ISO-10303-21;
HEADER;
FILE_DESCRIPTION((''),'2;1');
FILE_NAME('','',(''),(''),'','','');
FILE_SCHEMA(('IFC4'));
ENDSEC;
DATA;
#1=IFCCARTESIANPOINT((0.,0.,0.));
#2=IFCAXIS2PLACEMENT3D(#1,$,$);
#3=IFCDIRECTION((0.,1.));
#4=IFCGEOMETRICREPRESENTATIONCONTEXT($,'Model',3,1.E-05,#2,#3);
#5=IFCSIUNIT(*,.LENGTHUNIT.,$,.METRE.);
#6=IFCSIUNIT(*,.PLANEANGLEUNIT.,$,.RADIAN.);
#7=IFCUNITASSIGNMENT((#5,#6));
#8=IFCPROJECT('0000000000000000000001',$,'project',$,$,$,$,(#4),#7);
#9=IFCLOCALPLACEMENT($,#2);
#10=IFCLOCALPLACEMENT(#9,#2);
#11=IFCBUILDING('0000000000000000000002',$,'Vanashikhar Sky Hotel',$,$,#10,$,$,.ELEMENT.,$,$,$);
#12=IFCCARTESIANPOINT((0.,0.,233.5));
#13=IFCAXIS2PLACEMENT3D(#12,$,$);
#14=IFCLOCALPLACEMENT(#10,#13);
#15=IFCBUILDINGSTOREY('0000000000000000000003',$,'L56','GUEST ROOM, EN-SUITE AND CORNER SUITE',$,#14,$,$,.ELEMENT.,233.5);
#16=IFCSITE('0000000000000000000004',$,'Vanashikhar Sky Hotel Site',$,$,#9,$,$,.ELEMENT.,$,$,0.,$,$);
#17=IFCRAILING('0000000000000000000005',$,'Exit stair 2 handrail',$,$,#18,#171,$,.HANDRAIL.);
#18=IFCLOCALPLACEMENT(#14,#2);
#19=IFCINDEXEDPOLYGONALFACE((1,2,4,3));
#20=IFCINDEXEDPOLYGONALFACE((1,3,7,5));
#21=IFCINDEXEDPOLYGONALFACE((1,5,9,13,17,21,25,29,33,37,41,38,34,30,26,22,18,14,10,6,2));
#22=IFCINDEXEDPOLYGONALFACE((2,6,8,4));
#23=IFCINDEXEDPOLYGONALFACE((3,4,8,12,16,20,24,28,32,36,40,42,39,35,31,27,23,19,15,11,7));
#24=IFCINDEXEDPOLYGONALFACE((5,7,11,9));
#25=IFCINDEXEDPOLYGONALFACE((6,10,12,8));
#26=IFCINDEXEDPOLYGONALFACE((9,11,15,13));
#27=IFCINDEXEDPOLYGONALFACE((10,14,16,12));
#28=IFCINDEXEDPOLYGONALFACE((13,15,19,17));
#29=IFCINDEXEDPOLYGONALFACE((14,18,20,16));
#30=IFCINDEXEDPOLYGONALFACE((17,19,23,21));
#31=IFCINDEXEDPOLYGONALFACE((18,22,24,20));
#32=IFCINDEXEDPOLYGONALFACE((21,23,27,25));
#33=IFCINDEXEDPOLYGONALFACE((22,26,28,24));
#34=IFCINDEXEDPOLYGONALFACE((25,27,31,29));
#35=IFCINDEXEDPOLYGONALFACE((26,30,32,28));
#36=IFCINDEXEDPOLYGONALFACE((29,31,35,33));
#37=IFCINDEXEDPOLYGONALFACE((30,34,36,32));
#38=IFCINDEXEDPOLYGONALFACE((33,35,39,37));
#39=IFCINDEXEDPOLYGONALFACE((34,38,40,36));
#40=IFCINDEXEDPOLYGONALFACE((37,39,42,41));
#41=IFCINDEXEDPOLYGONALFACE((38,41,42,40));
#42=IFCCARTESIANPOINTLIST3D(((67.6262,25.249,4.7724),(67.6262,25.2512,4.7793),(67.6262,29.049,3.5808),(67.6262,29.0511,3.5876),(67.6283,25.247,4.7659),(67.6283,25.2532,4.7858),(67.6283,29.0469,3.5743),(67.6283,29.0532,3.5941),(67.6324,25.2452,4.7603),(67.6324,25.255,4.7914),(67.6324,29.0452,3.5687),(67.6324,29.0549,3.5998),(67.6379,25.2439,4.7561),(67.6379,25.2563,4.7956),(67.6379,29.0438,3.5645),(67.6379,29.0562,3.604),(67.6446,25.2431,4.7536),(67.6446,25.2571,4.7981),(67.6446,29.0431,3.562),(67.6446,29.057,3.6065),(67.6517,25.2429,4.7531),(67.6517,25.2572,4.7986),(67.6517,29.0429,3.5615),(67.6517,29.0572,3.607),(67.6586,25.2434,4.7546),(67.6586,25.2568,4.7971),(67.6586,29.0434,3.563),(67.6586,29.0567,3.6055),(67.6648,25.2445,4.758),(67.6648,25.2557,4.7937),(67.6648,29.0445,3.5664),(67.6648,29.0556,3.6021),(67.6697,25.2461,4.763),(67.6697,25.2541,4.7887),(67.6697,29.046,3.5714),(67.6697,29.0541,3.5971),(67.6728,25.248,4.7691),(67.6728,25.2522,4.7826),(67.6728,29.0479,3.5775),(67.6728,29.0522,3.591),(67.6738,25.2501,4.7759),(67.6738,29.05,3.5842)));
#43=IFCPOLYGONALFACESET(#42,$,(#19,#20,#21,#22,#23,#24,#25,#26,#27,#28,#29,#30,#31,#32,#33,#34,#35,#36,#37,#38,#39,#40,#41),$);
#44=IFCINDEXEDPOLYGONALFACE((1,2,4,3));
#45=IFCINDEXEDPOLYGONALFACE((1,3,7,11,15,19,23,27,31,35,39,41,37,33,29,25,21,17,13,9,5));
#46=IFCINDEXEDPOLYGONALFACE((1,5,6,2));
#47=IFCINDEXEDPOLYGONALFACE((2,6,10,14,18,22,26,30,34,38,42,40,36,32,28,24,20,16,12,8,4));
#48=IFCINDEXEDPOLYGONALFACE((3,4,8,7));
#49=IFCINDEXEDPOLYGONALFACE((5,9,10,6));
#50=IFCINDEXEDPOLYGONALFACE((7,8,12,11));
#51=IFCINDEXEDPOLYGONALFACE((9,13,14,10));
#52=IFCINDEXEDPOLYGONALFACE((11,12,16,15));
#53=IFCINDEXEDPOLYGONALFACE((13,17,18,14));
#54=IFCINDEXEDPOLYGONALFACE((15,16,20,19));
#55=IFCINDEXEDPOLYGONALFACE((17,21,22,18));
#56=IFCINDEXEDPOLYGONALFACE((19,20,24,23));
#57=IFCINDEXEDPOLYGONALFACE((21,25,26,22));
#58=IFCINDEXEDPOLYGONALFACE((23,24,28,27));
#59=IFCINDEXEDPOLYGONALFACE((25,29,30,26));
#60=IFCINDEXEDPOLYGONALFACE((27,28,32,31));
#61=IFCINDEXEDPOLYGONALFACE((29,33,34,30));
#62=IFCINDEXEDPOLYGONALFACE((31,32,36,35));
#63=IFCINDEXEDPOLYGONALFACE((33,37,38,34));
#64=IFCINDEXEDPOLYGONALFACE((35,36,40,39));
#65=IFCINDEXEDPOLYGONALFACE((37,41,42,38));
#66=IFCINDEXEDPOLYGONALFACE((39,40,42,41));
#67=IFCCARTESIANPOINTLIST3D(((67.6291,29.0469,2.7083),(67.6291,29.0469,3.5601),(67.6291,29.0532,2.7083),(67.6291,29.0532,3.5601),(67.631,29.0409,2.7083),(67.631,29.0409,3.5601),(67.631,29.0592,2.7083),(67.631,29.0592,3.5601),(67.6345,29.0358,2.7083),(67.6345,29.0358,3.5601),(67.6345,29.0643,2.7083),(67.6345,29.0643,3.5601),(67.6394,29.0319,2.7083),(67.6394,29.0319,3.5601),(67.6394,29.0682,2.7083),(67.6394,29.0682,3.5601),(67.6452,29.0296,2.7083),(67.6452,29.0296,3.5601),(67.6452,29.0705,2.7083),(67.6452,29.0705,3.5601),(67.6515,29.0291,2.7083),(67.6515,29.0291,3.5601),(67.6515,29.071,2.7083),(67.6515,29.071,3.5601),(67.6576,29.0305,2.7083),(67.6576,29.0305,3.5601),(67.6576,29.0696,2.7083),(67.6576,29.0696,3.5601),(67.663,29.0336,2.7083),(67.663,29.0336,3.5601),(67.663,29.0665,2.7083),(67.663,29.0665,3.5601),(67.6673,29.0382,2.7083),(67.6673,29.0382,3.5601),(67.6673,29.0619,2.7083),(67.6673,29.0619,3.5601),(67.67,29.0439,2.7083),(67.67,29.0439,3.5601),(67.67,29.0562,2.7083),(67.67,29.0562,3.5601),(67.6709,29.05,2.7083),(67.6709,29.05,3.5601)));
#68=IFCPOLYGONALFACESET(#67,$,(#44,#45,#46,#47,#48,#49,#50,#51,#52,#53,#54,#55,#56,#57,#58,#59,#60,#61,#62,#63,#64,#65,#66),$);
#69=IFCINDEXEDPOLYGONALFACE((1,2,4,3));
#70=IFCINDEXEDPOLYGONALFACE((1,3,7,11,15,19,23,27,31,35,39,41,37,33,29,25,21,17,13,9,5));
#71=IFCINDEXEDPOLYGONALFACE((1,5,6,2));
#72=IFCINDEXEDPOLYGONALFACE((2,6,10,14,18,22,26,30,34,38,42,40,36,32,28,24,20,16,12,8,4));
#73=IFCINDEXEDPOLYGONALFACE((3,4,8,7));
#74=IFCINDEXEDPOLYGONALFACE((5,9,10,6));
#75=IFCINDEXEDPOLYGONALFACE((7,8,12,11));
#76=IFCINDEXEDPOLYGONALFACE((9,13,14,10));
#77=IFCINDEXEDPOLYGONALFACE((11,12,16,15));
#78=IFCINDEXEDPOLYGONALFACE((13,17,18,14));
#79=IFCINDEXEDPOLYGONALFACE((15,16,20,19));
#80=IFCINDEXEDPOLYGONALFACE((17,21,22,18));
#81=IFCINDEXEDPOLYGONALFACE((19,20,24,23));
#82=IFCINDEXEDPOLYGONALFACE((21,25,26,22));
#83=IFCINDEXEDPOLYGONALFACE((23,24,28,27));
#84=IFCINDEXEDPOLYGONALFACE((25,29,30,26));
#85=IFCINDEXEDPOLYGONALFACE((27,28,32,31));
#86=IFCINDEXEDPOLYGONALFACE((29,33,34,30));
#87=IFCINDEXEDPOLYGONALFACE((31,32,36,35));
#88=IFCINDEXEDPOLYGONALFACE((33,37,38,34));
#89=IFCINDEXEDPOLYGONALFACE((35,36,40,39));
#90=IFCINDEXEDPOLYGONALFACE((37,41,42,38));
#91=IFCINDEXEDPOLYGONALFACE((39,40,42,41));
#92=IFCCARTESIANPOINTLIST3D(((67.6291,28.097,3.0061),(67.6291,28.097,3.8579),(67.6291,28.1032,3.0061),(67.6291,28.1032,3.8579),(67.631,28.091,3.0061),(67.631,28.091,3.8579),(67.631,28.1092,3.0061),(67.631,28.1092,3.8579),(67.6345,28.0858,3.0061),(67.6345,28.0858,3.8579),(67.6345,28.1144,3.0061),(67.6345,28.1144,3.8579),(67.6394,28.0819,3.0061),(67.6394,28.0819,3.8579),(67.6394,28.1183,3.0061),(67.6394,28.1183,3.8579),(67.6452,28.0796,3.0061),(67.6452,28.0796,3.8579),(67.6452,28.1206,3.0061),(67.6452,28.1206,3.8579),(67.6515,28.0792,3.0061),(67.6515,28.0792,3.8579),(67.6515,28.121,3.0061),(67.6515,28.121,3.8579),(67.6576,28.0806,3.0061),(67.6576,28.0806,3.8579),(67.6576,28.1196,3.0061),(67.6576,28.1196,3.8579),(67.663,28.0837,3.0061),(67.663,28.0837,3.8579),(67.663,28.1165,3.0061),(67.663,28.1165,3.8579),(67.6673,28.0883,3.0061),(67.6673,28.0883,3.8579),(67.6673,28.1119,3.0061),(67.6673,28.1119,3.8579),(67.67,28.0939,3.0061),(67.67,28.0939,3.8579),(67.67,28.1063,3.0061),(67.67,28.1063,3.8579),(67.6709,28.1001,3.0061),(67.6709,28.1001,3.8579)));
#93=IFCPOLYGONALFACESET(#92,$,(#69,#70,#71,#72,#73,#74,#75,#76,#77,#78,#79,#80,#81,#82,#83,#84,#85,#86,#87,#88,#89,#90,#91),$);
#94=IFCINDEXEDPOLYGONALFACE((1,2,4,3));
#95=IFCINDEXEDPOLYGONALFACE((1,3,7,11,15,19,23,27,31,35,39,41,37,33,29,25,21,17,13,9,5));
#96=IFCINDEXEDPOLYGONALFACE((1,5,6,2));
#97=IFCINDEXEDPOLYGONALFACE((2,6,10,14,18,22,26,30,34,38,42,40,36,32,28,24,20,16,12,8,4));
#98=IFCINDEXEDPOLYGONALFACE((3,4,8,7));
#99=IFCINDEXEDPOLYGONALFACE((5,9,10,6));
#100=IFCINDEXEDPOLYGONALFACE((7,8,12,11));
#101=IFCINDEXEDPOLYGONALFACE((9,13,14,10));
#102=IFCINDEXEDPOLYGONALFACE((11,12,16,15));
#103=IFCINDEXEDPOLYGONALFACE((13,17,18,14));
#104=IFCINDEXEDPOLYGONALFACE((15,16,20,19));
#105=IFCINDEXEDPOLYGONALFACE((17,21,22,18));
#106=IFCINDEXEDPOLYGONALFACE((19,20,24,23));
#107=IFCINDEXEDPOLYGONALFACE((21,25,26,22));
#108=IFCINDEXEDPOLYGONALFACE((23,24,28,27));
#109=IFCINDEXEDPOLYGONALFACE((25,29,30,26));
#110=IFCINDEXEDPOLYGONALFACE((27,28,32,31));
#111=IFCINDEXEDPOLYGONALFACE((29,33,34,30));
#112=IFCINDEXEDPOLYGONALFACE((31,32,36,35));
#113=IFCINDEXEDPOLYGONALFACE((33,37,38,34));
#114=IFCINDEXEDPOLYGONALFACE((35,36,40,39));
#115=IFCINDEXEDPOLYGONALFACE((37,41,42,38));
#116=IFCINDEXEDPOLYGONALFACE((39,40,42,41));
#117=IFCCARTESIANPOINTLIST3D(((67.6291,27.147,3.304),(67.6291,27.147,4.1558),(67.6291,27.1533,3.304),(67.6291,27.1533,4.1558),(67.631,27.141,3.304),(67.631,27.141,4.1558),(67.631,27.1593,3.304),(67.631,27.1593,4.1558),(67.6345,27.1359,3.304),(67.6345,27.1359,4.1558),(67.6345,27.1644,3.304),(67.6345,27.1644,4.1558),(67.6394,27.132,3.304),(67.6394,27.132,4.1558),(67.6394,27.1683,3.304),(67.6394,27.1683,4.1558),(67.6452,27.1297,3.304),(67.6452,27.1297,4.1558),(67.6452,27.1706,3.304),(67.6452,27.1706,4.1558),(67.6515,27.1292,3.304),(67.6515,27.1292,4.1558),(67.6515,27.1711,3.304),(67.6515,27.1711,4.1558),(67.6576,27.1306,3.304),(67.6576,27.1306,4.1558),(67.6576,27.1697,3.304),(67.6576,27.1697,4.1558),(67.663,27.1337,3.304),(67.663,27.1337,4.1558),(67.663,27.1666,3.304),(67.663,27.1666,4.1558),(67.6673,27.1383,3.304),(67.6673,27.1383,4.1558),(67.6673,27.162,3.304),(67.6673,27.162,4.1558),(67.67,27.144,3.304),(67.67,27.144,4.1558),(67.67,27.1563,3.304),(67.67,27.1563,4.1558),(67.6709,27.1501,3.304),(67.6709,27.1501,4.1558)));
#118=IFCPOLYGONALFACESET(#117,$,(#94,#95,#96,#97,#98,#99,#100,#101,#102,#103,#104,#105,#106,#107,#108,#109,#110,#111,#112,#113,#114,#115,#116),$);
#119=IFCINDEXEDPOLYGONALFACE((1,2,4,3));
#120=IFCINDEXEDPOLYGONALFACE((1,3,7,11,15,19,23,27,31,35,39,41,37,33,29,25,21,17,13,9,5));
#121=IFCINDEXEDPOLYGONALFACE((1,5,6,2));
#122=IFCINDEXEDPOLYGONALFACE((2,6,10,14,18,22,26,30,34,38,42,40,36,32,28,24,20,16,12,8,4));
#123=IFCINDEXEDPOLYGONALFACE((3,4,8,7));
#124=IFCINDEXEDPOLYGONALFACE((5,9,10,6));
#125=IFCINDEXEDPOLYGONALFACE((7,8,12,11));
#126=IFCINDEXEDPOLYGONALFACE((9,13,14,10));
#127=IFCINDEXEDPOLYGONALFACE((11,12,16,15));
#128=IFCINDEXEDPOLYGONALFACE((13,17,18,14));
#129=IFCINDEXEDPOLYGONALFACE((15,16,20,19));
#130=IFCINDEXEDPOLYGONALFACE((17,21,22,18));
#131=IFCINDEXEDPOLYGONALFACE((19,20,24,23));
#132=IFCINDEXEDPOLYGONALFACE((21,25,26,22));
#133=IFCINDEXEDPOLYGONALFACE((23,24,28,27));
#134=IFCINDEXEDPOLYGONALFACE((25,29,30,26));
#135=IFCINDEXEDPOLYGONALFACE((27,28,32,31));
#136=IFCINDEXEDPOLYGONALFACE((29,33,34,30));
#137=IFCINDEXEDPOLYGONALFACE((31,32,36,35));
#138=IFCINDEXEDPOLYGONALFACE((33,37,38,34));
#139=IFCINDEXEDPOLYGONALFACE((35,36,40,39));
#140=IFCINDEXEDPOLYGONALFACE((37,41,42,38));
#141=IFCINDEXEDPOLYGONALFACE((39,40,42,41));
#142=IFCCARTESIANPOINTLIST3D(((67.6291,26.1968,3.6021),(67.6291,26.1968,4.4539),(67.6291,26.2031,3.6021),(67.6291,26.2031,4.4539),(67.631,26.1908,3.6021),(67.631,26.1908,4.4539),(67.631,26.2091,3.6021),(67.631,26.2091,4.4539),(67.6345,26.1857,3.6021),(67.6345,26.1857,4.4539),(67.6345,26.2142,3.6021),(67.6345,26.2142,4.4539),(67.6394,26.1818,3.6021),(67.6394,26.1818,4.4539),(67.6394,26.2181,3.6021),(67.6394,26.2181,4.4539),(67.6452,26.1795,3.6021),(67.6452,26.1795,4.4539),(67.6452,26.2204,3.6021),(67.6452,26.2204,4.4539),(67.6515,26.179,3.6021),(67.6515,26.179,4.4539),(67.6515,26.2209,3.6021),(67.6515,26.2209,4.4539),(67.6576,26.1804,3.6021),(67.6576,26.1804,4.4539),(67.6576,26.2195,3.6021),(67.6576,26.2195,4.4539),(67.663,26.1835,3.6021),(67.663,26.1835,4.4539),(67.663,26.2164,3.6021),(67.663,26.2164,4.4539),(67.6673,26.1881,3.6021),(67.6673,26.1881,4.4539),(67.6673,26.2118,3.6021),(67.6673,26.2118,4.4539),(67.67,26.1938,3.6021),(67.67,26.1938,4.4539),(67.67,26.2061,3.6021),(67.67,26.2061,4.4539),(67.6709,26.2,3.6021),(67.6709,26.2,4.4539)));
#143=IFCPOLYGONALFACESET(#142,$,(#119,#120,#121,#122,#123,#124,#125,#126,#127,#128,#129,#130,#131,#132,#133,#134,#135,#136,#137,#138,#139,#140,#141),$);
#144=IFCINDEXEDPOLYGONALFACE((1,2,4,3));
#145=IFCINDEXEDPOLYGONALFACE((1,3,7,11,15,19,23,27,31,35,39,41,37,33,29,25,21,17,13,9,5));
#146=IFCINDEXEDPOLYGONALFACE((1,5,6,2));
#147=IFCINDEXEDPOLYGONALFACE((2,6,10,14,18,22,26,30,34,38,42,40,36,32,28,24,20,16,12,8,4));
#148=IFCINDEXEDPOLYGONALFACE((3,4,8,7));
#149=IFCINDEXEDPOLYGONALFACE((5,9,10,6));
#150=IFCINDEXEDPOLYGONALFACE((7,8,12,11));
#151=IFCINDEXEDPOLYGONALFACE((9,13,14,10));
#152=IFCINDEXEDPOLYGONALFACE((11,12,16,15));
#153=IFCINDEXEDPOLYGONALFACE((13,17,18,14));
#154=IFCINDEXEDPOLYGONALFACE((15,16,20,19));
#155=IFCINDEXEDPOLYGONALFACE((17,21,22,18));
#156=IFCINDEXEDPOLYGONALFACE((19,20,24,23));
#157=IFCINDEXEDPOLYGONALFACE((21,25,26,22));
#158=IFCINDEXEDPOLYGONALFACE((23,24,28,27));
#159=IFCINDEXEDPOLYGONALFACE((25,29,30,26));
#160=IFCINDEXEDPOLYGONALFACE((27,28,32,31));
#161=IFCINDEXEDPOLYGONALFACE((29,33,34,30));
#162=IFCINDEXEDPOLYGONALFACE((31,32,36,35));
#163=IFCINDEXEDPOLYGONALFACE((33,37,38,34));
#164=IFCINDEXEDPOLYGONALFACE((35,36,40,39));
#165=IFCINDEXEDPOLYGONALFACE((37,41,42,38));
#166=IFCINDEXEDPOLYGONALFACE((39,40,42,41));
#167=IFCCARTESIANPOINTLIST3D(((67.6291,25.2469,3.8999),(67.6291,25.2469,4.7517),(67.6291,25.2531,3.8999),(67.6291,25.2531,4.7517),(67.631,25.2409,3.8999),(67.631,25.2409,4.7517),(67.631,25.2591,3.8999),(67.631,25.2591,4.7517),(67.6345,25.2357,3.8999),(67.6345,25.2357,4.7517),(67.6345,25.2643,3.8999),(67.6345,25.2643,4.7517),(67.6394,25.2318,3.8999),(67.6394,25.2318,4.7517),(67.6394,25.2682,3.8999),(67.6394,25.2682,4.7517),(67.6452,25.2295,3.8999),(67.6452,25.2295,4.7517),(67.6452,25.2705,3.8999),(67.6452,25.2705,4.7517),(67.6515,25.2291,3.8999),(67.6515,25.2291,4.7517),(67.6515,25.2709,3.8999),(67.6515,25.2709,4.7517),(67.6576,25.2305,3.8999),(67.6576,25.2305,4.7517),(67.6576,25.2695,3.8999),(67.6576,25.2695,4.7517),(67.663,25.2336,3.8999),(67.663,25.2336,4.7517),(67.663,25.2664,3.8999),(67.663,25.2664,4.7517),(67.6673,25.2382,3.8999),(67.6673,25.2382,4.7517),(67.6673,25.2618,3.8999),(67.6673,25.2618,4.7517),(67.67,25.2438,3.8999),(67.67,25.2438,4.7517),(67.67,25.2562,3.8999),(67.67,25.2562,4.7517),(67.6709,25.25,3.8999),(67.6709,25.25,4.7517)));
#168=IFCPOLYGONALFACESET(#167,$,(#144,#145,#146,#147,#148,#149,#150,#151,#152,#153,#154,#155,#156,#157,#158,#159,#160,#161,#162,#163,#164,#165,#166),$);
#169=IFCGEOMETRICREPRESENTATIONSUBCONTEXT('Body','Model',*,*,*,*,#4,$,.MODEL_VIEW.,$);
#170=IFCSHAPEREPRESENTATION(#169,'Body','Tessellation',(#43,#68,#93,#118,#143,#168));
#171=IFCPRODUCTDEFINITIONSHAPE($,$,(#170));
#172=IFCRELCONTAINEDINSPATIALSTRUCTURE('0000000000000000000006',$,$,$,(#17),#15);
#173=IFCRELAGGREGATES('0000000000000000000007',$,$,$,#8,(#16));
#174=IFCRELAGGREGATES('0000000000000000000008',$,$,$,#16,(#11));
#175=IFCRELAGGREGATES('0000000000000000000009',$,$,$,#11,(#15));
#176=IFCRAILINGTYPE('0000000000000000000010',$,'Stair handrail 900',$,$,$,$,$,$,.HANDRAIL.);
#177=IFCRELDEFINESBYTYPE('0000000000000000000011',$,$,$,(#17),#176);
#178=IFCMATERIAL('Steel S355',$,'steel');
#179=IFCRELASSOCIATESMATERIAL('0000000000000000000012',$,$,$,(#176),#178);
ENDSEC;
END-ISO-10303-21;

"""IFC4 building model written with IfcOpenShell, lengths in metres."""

from ifc_helpers import new_model, si_unit, direction, frame, origin, origin_2d, place, context, subcontext, project, spatial, circle, extrude, source, transform, mapped, material, type_object, element, save


model = new_model("IFC4")

# Units and contexts
model_context = context("Model", 3, precision=1e-05, world=origin(), true_north=direction((0.0, 1.0)))
body_context = subcontext(model_context, "Body", "Model", "MODEL_VIEW")
ifc_project = project(units=[si_unit("LENGTHUNIT", "METRE"), si_unit("PLANEANGLEUNIT", "RADIAN")], contexts=[model_context])

# Site, building, storey
site_placement = place(None, origin())
site = spatial("IfcSite", under=ifc_project, at=site_placement, Name="Vanashikhar Sky Hotel Site", CompositionType="ELEMENT", RefElevation=0.0)
building_placement = place(site_placement, origin())
building = spatial("IfcBuilding", under=site, at=building_placement, Name="Vanashikhar Sky Hotel", CompositionType="ELEMENT")
storey_placement = place(building_placement, frame((0.0, 0.0, 233.5)))
storey = spatial("IfcBuildingStorey", under=building, at=storey_placement, Name="L56", Description="GUEST ROOM, EN-SUITE AND CORNER SUITE", CompositionType="ELEMENT", Elevation=233.5)

# Railing
ifc_material_1 = material(Name="Steel S355", Category="steel")
railing_type_1 = type_object("IfcRailingType", Name="Stair handrail 900", PredefinedType="HANDRAIL", material=ifc_material_1)
shared_shape_1 = source(origin(), body_context, "Body", "SweptSolid", [
    extrude(circle(Radius=0.0239, at=origin_2d()), frame((0.0, 0.0, 0.876), z_axis=(0.0, -0.954184, 0.299221), x_axis=(1.0, 0.0, 0.0)), (0.0, 0.0, 1.0), 3.9824),
    extrude(circle(Radius=0.021, at=origin_2d()), origin(), (0.0, 0.0, 1.0), 0.8518),
    extrude(circle(Radius=0.021, at=origin_2d()), frame((0.0, -0.95, 0.2979)), (0.0, 0.0, 1.0), 0.8518),
    extrude(circle(Radius=0.021, at=origin_2d()), frame((0.0, -1.8999, 0.5957)), (0.0, 0.0, 1.0), 0.8518),
    extrude(circle(Radius=0.021, at=origin_2d()), frame((0.0, -2.8501, 0.8938)), (0.0, 0.0, 1.0), 0.8518),
    extrude(circle(Radius=0.021, at=origin_2d()), frame((0.0, -3.8, 1.1917)), (0.0, 0.0, 1.0), 0.8518),
])
for number, where, name in (
    (1, (67.6499, 29.05, 2.7083), "Exit stair 2 handrail"),
):
    element("IfcRailing", number, at=place(storey_placement, frame(where)), inside=storey, type_object=railing_type_1, Name=name, PredefinedType="HANDRAIL", context=body_context, shape_type="MappedRepresentation", body=[
        mapped(shared_shape_1, transform((0.0, 0.0, 0.0), scale=1.0)),
    ])

save(model, "model.ifc")
